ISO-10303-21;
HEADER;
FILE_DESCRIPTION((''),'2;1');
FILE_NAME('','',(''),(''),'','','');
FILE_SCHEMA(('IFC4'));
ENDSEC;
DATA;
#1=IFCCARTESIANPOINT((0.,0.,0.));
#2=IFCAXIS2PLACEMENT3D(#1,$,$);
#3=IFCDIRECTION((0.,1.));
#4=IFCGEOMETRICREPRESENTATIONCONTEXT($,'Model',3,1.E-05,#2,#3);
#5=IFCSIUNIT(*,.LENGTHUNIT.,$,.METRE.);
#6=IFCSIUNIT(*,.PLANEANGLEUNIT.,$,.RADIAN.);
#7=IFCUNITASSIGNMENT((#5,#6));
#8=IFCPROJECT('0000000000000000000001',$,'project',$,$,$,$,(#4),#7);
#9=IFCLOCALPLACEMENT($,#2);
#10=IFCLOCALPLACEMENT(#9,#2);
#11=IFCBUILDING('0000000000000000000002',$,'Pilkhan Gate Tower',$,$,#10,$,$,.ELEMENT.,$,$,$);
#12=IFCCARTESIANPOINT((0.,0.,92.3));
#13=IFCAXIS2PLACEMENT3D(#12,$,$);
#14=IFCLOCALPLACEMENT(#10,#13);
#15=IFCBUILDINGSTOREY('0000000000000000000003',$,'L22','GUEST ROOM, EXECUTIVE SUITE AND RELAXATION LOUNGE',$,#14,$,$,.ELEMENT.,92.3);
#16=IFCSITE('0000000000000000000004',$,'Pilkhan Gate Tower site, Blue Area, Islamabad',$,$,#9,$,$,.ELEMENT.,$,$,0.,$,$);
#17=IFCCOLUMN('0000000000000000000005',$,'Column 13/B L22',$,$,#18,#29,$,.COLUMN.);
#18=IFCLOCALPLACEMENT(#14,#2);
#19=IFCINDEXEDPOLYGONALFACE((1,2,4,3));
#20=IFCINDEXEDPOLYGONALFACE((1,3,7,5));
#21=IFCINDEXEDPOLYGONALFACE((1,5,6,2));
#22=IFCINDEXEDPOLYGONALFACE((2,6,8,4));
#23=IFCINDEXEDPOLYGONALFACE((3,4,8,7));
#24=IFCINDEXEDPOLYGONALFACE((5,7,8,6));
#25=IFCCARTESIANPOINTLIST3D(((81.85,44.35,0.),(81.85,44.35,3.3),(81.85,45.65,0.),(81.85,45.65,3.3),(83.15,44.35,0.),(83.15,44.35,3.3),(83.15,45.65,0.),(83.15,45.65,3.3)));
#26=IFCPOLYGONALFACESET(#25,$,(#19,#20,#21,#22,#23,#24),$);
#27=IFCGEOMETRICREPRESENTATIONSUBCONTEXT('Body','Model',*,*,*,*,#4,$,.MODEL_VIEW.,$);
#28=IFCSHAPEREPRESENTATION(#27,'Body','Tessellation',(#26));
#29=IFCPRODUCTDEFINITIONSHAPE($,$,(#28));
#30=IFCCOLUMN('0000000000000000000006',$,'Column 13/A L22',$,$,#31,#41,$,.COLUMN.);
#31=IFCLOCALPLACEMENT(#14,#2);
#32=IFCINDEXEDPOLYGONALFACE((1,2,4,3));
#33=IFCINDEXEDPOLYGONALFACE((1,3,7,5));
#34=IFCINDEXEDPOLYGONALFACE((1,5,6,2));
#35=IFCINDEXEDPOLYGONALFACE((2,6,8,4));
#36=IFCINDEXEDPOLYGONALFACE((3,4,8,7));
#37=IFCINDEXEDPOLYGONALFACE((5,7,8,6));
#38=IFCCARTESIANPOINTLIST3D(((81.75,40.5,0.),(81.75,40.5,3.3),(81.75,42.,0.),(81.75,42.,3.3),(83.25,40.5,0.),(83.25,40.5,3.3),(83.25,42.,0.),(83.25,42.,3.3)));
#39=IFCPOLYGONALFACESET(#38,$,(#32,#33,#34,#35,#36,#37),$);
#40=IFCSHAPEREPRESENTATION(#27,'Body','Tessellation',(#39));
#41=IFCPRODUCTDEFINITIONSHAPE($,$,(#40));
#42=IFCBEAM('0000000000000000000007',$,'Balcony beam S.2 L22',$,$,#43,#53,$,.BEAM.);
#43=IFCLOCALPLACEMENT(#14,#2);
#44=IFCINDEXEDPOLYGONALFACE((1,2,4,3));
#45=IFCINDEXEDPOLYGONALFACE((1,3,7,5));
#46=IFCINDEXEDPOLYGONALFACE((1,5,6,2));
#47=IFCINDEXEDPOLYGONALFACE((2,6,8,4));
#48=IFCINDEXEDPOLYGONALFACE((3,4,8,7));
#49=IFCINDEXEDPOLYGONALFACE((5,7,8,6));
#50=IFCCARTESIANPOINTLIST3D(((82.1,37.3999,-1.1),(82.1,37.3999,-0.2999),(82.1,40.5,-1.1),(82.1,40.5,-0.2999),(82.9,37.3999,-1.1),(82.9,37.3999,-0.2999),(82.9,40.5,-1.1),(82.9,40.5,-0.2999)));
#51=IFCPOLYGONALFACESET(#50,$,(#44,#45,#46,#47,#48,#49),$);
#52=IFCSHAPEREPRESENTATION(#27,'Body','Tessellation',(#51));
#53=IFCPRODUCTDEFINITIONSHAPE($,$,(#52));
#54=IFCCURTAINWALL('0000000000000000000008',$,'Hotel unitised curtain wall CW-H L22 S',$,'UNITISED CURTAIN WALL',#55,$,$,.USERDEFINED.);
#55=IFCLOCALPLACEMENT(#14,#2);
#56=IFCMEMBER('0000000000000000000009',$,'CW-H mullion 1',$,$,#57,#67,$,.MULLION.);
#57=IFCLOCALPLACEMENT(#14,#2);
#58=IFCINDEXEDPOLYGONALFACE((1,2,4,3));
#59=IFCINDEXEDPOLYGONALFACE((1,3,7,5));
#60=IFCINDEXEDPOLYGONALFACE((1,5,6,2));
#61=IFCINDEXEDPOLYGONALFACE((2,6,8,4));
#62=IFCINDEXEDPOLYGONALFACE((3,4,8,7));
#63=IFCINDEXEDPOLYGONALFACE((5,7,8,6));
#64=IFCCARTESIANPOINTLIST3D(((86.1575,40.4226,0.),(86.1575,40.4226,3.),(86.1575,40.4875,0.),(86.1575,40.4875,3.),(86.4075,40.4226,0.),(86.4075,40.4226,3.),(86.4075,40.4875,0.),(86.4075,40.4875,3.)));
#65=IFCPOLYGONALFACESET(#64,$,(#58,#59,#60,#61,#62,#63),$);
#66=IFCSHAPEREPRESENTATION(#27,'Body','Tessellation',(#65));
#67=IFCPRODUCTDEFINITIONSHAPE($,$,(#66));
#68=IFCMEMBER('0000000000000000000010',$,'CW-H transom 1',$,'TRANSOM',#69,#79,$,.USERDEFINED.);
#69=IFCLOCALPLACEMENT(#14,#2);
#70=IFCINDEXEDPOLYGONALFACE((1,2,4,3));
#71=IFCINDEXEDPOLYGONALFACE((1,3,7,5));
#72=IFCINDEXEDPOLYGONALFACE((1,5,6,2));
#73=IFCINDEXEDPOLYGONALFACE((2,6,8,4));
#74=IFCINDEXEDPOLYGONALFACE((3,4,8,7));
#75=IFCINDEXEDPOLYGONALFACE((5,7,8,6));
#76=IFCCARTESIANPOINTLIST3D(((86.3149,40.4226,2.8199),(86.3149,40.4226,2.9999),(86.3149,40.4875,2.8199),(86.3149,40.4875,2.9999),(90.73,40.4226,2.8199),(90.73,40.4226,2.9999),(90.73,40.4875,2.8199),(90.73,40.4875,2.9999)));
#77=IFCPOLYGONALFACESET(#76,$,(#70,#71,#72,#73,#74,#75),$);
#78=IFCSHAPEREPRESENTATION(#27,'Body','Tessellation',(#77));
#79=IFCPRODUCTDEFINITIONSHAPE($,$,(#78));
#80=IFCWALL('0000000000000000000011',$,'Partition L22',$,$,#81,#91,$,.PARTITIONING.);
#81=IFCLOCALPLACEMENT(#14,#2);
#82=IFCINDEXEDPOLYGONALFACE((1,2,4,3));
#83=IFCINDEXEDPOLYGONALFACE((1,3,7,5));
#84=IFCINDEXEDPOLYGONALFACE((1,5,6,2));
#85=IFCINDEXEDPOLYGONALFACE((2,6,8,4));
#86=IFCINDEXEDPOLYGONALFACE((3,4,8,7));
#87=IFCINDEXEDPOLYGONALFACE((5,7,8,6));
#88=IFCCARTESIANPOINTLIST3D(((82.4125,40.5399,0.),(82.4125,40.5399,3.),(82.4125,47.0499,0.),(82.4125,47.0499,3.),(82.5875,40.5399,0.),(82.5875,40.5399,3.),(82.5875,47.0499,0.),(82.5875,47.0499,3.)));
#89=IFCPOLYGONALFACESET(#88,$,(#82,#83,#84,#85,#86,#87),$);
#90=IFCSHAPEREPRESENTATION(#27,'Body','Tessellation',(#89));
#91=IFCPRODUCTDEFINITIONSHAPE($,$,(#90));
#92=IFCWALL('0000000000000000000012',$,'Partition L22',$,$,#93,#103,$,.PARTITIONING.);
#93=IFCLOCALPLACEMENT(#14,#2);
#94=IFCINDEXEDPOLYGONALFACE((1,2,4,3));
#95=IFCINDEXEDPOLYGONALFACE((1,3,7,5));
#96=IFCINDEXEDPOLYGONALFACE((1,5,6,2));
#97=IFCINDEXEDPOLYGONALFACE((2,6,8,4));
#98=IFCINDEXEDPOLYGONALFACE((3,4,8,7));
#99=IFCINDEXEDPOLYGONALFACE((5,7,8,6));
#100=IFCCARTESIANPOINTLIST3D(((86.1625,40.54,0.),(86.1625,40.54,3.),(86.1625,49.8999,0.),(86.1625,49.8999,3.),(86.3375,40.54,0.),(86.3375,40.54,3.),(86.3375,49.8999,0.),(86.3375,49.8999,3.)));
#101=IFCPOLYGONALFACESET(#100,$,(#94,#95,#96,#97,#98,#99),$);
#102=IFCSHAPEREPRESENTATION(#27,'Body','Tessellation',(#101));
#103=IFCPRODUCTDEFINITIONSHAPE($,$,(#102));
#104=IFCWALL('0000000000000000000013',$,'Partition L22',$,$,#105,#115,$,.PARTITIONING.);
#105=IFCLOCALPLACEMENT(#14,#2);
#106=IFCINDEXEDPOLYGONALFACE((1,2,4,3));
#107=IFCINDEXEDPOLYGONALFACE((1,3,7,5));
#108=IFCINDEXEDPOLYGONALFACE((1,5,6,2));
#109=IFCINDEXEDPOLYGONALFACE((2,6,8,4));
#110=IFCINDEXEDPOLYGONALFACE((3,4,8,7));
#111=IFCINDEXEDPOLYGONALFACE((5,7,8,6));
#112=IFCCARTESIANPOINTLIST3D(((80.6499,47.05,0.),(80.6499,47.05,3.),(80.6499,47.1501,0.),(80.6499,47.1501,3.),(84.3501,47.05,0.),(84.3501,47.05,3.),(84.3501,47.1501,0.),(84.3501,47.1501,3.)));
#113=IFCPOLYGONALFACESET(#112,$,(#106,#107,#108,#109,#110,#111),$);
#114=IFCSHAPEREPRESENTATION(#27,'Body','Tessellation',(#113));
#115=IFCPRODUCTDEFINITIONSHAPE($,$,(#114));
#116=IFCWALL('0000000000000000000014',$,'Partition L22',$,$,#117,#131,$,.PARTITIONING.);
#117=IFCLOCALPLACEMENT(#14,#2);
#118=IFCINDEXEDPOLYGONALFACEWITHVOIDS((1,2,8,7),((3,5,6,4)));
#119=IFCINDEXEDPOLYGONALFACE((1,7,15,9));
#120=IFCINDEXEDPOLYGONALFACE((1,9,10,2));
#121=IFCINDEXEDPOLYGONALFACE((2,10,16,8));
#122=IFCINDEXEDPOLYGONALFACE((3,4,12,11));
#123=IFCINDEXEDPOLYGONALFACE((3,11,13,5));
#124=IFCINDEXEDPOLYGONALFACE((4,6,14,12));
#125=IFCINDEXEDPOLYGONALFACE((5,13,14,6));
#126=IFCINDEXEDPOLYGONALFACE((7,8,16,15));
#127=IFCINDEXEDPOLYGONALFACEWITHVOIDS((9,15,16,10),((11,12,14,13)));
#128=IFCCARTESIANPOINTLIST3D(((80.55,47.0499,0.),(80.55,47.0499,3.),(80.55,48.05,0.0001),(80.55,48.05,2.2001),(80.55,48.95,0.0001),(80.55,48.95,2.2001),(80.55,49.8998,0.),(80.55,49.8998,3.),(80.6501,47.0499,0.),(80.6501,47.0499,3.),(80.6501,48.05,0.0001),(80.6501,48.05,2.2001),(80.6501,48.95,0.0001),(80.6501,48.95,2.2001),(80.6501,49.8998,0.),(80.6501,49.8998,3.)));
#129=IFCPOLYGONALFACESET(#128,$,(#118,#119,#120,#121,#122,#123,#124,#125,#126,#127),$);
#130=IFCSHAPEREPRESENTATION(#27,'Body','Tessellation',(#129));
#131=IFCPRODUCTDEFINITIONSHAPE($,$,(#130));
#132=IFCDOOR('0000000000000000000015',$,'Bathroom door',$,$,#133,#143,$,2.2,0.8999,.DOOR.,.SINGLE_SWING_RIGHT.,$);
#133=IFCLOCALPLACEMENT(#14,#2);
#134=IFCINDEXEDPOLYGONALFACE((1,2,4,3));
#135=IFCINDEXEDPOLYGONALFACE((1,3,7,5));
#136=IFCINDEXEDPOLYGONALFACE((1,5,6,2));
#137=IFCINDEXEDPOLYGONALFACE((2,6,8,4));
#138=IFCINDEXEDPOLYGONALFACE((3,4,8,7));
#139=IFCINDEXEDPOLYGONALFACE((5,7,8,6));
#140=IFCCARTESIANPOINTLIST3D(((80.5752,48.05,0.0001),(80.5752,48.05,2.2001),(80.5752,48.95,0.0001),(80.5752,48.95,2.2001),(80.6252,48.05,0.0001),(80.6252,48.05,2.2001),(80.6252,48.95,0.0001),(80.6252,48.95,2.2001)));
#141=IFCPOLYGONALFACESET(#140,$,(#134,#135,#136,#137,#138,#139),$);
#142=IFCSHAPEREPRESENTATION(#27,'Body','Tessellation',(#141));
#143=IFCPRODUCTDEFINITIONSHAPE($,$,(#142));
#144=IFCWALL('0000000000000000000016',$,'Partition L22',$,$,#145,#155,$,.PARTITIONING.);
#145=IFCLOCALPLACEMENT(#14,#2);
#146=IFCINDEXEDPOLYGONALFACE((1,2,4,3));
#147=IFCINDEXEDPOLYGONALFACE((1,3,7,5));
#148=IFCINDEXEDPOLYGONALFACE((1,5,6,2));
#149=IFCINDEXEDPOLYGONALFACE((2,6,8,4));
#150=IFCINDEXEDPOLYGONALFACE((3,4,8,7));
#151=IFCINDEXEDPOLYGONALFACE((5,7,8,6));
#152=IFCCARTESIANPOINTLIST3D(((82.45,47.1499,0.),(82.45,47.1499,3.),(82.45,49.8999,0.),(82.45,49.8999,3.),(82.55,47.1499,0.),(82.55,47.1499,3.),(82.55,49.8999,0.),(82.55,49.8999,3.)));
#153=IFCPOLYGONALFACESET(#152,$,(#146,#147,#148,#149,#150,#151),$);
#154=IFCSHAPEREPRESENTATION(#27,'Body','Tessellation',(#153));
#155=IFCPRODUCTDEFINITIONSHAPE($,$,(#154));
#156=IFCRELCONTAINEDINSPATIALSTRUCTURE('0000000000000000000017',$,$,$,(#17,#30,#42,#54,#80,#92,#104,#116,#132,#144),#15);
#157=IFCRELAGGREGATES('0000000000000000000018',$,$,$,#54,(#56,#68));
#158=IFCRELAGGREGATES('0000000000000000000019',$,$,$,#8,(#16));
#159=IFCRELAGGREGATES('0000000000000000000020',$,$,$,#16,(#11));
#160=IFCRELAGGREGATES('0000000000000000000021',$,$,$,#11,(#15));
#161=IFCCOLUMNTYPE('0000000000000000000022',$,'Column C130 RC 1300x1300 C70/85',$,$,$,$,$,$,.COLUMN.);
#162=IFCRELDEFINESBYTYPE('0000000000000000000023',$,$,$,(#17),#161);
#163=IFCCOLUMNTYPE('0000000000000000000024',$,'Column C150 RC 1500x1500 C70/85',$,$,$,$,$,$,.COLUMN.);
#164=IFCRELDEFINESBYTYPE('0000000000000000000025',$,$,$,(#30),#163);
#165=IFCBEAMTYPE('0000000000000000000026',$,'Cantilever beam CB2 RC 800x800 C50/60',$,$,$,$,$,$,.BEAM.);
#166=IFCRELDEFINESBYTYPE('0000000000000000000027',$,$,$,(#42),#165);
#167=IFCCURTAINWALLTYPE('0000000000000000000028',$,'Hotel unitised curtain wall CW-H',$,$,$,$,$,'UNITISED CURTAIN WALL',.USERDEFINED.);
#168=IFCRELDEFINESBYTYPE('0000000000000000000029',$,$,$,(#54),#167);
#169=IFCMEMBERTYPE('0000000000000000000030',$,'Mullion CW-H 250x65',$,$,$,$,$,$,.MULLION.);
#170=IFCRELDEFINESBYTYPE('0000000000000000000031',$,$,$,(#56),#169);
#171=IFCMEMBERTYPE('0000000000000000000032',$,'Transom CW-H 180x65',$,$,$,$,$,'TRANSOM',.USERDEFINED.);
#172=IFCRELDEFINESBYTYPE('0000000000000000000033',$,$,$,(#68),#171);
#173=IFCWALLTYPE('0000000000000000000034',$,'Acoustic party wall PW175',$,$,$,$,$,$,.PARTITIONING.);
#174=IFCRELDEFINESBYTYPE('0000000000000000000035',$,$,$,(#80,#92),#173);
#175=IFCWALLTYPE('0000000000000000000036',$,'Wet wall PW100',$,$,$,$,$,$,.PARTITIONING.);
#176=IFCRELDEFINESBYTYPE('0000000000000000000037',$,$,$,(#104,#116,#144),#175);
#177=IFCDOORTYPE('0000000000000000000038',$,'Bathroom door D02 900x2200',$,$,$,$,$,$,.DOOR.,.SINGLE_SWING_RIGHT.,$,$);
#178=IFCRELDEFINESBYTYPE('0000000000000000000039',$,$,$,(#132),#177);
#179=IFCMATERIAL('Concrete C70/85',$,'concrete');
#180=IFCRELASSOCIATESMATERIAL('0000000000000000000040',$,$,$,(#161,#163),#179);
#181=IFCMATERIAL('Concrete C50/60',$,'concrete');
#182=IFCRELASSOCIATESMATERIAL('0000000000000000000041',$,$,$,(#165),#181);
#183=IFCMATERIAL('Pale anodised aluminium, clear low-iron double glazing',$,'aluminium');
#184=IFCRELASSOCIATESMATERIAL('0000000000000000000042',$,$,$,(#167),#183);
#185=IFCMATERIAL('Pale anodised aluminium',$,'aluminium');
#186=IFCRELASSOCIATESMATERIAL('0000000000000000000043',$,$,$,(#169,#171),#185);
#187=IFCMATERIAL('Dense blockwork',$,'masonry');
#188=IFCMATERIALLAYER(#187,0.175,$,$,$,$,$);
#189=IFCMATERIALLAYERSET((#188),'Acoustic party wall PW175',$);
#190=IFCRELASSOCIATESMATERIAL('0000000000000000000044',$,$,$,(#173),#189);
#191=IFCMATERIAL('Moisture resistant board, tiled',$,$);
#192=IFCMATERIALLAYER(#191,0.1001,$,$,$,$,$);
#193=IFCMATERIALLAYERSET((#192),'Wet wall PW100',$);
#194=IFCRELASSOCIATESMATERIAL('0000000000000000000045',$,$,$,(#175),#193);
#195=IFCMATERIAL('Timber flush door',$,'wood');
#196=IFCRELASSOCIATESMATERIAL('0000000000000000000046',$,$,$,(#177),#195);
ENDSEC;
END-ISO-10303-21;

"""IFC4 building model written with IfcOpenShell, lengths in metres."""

from ifc_helpers import new_model, si_unit, direction, frame, frame_2d, origin, origin_2d, place, context, subcontext, project, spatial, rectangle, extrude, material, layer, layer_set, material_profile, profile_set, type_object, element, fill, aggregate, save


model = new_model("IFC4")

# Units and contexts
model_context = context("Model", 3, precision=1e-05, world=origin(), true_north=direction((0.0, 1.0)))
body_context = subcontext(model_context, "Body", "Model", "MODEL_VIEW")
ifc_project = project(units=[si_unit("LENGTHUNIT", "METRE"), si_unit("PLANEANGLEUNIT", "RADIAN")], contexts=[model_context])

# Site, building, storey
site_placement = place(None, origin())
site = spatial("IfcSite", under=ifc_project, at=site_placement, Name="Pilkhan Gate Tower site, Blue Area, Islamabad", CompositionType="ELEMENT", RefElevation=0.0)
building_placement = place(site_placement, origin())
building = spatial("IfcBuilding", under=site, at=building_placement, Name="Pilkhan Gate Tower", CompositionType="ELEMENT")
storey_placement = place(building_placement, frame((0.0, 0.0, 92.3)))
storey = spatial("IfcBuildingStorey", under=building, at=storey_placement, Name="L22", Description="GUEST ROOM, EXECUTIVE SUITE AND RELAXATION LOUNGE", CompositionType="ELEMENT", Elevation=92.3)

# Columns
ifc_material_1 = material(Name="Concrete C70/85", Category="concrete")
ifc_material_profile_1 = material_profile(ifc_material_1, rectangle(XDim=1.3, YDim=1.3, at=origin_2d()), Name="RC 1300x1300")
ifc_profile_set_1 = profile_set([ifc_material_profile_1], Name="Concrete C70/85")
column_type_1 = type_object("IfcColumnType", Name="Column C130 RC 1300x1300 C70/85", PredefinedType="COLUMN", material=ifc_profile_set_1)
column_1_placement = place(storey_placement, frame((82.5, 45.0, 0.0), z_axis=(0.0, 0.0, 1.0), x_axis=(1.0, 0.0, 0.0)))
element("IfcColumn", 1, at=column_1_placement, inside=storey, type_object=column_type_1, Name="Column 13/B L22", PredefinedType="COLUMN", context=body_context, shape_type="SweptSolid", body=[
    extrude(rectangle(XDim=1.3, YDim=1.3, at=origin_2d()), origin(), (0.0, 0.0, 1.0), 3.3),
])
ifc_material_profile_2 = material_profile(ifc_material_1, rectangle(XDim=1.5, YDim=1.5, at=origin_2d()), Name="RC 1500x1500")
ifc_profile_set_2 = profile_set([ifc_material_profile_2], Name="Concrete C70/85")
column_type_2 = type_object("IfcColumnType", Name="Column C150 RC 1500x1500 C70/85", PredefinedType="COLUMN", material=ifc_profile_set_2)
column_2_placement = place(storey_placement, frame((82.5, 41.25, 0.0), z_axis=(0.0, 0.0, 1.0), x_axis=(1.0, 0.0, 0.0)))
element("IfcColumn", 2, at=column_2_placement, inside=storey, type_object=column_type_2, Name="Column 13/A L22", PredefinedType="COLUMN", context=body_context, shape_type="SweptSolid", body=[
    extrude(rectangle(XDim=1.5, YDim=1.5, at=origin_2d()), origin(), (0.0, 0.0, 1.0), 3.3),
])

# Beam
ifc_material_2 = material(Name="Concrete C50/60", Category="concrete")
ifc_material_profile_3 = material_profile(ifc_material_2, rectangle(XDim=0.8, YDim=0.8, at=origin_2d()), Name="RC 800x800")
ifc_profile_set_3 = profile_set([ifc_material_profile_3], Name="Concrete C50/60")
beam_type = type_object("IfcBeamType", Name="Cantilever beam CB2 RC 800x800 C50/60", PredefinedType="BEAM", material=ifc_profile_set_3)
beam_placement = place(storey_placement, frame((82.5, 40.5, -0.7), z_axis=(0.0, -1.0, 0.0), x_axis=(1.0, 0.0, 0.0)))
element("IfcBeam", 3, at=beam_placement, inside=storey, type_object=beam_type, Name="Balcony beam S.2 L22", PredefinedType="BEAM", context=body_context, shape_type="SweptSolid", body=[
    extrude(rectangle(XDim=0.8, YDim=0.8, at=origin_2d()), origin(), (0.0, 0.0, 1.0), 3.1001),
])

# Curtain wall, members
ifc_material_3 = material(Name="Pale anodised aluminium, clear low-iron double glazing", Category="aluminium")
curtain_wall_type = type_object("IfcCurtainWallType", Name="Hotel unitised curtain wall CW-H", ElementType="UNITISED CURTAIN WALL", PredefinedType="USERDEFINED", material=ifc_material_3)
curtain_wall_placement = place(storey_placement, origin())
curtain_wall = element("IfcCurtainWall", 4, at=curtain_wall_placement, inside=storey, type_object=curtain_wall_type, Name="Hotel unitised curtain wall CW-H L22 S", ObjectType="UNITISED CURTAIN WALL", PredefinedType="USERDEFINED")
ifc_material_4 = material(Name="Pale anodised aluminium", Category="aluminium")
ifc_material_profile_4 = material_profile(ifc_material_4, rectangle(XDim=0.0649, YDim=0.25, at=origin_2d()), Name="Mullion 250x65")
ifc_profile_set_4 = profile_set([ifc_material_profile_4], Name="Pale anodised aluminium")
member_type_1 = type_object("IfcMemberType", Name="Mullion CW-H 250x65", PredefinedType="MULLION", material=ifc_profile_set_4)
member_1_placement = place(storey_placement, frame((86.2825, 40.4551, 0.0), z_axis=(0.0, 0.0, 1.0), x_axis=(0.0, 1.0, 0.0)))
member_1 = element("IfcMember", 5, at=member_1_placement, type_object=member_type_1, Name="CW-H mullion 1", PredefinedType="MULLION", context=body_context, shape_type="SweptSolid", body=[
    extrude(rectangle(XDim=0.0649, YDim=0.25, at=origin_2d()), origin(), (0.0, 0.0, 1.0), 3.0),
])
ifc_material_profile_5 = material_profile(ifc_material_4, rectangle(XDim=0.0649, YDim=0.1799, at=origin_2d()), Name="Transom 180x65")
ifc_profile_set_5 = profile_set([ifc_material_profile_5], Name="Pale anodised aluminium")
member_type_2 = type_object("IfcMemberType", Name="Transom CW-H 180x65", ElementType="TRANSOM", PredefinedType="USERDEFINED", material=ifc_profile_set_5)
member_2_placement = place(storey_placement, frame((86.3149, 40.4551, 2.9099), z_axis=(1.0, 0.0, 0.0), x_axis=(0.0, 1.0, 0.0)))
member_2 = element("IfcMember", 6, at=member_2_placement, type_object=member_type_2, Name="CW-H transom 1", ObjectType="TRANSOM", PredefinedType="USERDEFINED", context=body_context, shape_type="SweptSolid", body=[
    extrude(rectangle(XDim=0.0649, YDim=0.1799, at=origin_2d()), origin(), (0.0, 0.0, 1.0), 4.415),
])
aggregate(curtain_wall, [member_1, member_2])

# Walls
ifc_material_5 = material(Name="Dense blockwork", Category="masonry")
ifc_layer_1 = layer(ifc_material_5, 0.175)
ifc_layer_set_1 = layer_set([ifc_layer_1], Name="Acoustic party wall PW175")
wall_type_1 = type_object("IfcWallType", Name="Acoustic party wall PW175", PredefinedType="PARTITIONING", material=ifc_layer_set_1)
wall_1_placement = place(storey_placement, frame((82.5, 40.54, 0.0), z_axis=(0.0, 0.0, 1.0), x_axis=(0.0, 1.0, 0.0)))
element("IfcWall", 7, at=wall_1_placement, inside=storey, type_object=wall_type_1, Name="Partition L22", PredefinedType="PARTITIONING", context=body_context, shape_type="SweptSolid", body=[
    extrude(rectangle(XDim=6.51, YDim=0.175, at=frame_2d((3.2549, 0.0))), origin(), (0.0, 0.0, 1.0), 3.0),
])
wall_2_placement = place(storey_placement, frame((86.25, 40.54, 0.0), z_axis=(0.0, 0.0, 1.0), x_axis=(0.0, 1.0, 0.0)))
element("IfcWall", 8, at=wall_2_placement, inside=storey, type_object=wall_type_1, Name="Partition L22", PredefinedType="PARTITIONING", context=body_context, shape_type="SweptSolid", body=[
    extrude(rectangle(XDim=9.3599, YDim=0.175, at=frame_2d((4.6799, 0.0))), origin(), (0.0, 0.0, 1.0), 3.0),
])

# Wall
ifc_material_6 = material(Name="Moisture resistant board, tiled")
ifc_layer_2 = layer(ifc_material_6, 0.1001)
ifc_layer_set_2 = layer_set([ifc_layer_2], Name="Wet wall PW100")
wall_type_2 = type_object("IfcWallType", Name="Wet wall PW100", PredefinedType="PARTITIONING", material=ifc_layer_set_2)
wall_3_placement = place(storey_placement, frame((80.6499, 47.1001, 0.0), z_axis=(0.0, 0.0, 1.0), x_axis=(1.0, 0.0, 0.0)))
element("IfcWall", 9, at=wall_3_placement, inside=storey, type_object=wall_type_2, Name="Partition L22", PredefinedType="PARTITIONING", context=body_context, shape_type="SweptSolid", body=[
    extrude(rectangle(XDim=3.7002, YDim=0.1001, at=frame_2d((1.8501, 0.0))), origin(), (0.0, 0.0, 1.0), 3.0),
])

# Wall, opening, door
wall_4_placement = place(storey_placement, frame((80.6001, 47.05, 0.0), z_axis=(0.0, 0.0, 1.0), x_axis=(0.0, 1.0, 0.0)))
wall_4 = element("IfcWall", 10, at=wall_4_placement, inside=storey, type_object=wall_type_2, Name="Partition L22", PredefinedType="PARTITIONING", context=body_context, shape_type="SweptSolid", body=[
    extrude(rectangle(XDim=2.8499, YDim=0.1001, at=frame_2d((1.4248, 0.0))), origin(), (0.0, 0.0, 1.0), 3.0),
])
opening_1_placement = place(wall_4_placement, frame((1.0, 0.0, 0.0)))
opening_1 = element("IfcOpeningElement", 11, at=opening_1_placement, cuts=wall_4, PredefinedType="OPENING", context=body_context, shape_type="SweptSolid", body=[
    extrude(rectangle(XDim=0.8999, YDim=2.2, at=frame_2d((0.45, 1.1001))), frame((0.0, 0.0601, 0.0), z_axis=(0.0, -1.0, 0.0), x_axis=(1.0, 0.0, 0.0)), (0.0, 0.0, 1.0), 0.1201),
])
ifc_material_7 = material(Name="Timber flush door", Category="wood")
door_type_1 = type_object("IfcDoorType", Name="Bathroom door D02 900x2200", OperationType="SINGLE_SWING_RIGHT", PredefinedType="DOOR", material=ifc_material_7)
door_1_placement = place(opening_1_placement, origin())
door_1 = element("IfcDoor", 12, at=door_1_placement, inside=storey, type_object=door_type_1, Name="Bathroom door", OperationType="SINGLE_SWING_RIGHT", OverallHeight=2.2, OverallWidth=0.8999, PredefinedType="DOOR", context=body_context, shape_type="SweptSolid", body=[
    extrude(rectangle(XDim=0.8999, YDim=2.2, at=frame_2d((0.45, 1.1001))), frame((0.0, 0.0249, 0.0), z_axis=(0.0, -1.0, 0.0), x_axis=(1.0, 0.0, 0.0)), (0.0, 0.0, 1.0), 0.05),
])
fill(opening_1, door_1)

# Wall
wall_5_placement = place(storey_placement, frame((82.5, 47.1499, 0.0), z_axis=(0.0, 0.0, 1.0), x_axis=(0.0, 1.0, 0.0)))
element("IfcWall", 13, at=wall_5_placement, inside=storey, type_object=wall_type_2, Name="Partition L22", PredefinedType="PARTITIONING", context=body_context, shape_type="SweptSolid", body=[
    extrude(rectangle(XDim=2.75, YDim=0.1001, at=frame_2d((1.375, 0.0))), origin(), (0.0, 0.0, 1.0), 3.0),
])

save(model, "model.ifc")
